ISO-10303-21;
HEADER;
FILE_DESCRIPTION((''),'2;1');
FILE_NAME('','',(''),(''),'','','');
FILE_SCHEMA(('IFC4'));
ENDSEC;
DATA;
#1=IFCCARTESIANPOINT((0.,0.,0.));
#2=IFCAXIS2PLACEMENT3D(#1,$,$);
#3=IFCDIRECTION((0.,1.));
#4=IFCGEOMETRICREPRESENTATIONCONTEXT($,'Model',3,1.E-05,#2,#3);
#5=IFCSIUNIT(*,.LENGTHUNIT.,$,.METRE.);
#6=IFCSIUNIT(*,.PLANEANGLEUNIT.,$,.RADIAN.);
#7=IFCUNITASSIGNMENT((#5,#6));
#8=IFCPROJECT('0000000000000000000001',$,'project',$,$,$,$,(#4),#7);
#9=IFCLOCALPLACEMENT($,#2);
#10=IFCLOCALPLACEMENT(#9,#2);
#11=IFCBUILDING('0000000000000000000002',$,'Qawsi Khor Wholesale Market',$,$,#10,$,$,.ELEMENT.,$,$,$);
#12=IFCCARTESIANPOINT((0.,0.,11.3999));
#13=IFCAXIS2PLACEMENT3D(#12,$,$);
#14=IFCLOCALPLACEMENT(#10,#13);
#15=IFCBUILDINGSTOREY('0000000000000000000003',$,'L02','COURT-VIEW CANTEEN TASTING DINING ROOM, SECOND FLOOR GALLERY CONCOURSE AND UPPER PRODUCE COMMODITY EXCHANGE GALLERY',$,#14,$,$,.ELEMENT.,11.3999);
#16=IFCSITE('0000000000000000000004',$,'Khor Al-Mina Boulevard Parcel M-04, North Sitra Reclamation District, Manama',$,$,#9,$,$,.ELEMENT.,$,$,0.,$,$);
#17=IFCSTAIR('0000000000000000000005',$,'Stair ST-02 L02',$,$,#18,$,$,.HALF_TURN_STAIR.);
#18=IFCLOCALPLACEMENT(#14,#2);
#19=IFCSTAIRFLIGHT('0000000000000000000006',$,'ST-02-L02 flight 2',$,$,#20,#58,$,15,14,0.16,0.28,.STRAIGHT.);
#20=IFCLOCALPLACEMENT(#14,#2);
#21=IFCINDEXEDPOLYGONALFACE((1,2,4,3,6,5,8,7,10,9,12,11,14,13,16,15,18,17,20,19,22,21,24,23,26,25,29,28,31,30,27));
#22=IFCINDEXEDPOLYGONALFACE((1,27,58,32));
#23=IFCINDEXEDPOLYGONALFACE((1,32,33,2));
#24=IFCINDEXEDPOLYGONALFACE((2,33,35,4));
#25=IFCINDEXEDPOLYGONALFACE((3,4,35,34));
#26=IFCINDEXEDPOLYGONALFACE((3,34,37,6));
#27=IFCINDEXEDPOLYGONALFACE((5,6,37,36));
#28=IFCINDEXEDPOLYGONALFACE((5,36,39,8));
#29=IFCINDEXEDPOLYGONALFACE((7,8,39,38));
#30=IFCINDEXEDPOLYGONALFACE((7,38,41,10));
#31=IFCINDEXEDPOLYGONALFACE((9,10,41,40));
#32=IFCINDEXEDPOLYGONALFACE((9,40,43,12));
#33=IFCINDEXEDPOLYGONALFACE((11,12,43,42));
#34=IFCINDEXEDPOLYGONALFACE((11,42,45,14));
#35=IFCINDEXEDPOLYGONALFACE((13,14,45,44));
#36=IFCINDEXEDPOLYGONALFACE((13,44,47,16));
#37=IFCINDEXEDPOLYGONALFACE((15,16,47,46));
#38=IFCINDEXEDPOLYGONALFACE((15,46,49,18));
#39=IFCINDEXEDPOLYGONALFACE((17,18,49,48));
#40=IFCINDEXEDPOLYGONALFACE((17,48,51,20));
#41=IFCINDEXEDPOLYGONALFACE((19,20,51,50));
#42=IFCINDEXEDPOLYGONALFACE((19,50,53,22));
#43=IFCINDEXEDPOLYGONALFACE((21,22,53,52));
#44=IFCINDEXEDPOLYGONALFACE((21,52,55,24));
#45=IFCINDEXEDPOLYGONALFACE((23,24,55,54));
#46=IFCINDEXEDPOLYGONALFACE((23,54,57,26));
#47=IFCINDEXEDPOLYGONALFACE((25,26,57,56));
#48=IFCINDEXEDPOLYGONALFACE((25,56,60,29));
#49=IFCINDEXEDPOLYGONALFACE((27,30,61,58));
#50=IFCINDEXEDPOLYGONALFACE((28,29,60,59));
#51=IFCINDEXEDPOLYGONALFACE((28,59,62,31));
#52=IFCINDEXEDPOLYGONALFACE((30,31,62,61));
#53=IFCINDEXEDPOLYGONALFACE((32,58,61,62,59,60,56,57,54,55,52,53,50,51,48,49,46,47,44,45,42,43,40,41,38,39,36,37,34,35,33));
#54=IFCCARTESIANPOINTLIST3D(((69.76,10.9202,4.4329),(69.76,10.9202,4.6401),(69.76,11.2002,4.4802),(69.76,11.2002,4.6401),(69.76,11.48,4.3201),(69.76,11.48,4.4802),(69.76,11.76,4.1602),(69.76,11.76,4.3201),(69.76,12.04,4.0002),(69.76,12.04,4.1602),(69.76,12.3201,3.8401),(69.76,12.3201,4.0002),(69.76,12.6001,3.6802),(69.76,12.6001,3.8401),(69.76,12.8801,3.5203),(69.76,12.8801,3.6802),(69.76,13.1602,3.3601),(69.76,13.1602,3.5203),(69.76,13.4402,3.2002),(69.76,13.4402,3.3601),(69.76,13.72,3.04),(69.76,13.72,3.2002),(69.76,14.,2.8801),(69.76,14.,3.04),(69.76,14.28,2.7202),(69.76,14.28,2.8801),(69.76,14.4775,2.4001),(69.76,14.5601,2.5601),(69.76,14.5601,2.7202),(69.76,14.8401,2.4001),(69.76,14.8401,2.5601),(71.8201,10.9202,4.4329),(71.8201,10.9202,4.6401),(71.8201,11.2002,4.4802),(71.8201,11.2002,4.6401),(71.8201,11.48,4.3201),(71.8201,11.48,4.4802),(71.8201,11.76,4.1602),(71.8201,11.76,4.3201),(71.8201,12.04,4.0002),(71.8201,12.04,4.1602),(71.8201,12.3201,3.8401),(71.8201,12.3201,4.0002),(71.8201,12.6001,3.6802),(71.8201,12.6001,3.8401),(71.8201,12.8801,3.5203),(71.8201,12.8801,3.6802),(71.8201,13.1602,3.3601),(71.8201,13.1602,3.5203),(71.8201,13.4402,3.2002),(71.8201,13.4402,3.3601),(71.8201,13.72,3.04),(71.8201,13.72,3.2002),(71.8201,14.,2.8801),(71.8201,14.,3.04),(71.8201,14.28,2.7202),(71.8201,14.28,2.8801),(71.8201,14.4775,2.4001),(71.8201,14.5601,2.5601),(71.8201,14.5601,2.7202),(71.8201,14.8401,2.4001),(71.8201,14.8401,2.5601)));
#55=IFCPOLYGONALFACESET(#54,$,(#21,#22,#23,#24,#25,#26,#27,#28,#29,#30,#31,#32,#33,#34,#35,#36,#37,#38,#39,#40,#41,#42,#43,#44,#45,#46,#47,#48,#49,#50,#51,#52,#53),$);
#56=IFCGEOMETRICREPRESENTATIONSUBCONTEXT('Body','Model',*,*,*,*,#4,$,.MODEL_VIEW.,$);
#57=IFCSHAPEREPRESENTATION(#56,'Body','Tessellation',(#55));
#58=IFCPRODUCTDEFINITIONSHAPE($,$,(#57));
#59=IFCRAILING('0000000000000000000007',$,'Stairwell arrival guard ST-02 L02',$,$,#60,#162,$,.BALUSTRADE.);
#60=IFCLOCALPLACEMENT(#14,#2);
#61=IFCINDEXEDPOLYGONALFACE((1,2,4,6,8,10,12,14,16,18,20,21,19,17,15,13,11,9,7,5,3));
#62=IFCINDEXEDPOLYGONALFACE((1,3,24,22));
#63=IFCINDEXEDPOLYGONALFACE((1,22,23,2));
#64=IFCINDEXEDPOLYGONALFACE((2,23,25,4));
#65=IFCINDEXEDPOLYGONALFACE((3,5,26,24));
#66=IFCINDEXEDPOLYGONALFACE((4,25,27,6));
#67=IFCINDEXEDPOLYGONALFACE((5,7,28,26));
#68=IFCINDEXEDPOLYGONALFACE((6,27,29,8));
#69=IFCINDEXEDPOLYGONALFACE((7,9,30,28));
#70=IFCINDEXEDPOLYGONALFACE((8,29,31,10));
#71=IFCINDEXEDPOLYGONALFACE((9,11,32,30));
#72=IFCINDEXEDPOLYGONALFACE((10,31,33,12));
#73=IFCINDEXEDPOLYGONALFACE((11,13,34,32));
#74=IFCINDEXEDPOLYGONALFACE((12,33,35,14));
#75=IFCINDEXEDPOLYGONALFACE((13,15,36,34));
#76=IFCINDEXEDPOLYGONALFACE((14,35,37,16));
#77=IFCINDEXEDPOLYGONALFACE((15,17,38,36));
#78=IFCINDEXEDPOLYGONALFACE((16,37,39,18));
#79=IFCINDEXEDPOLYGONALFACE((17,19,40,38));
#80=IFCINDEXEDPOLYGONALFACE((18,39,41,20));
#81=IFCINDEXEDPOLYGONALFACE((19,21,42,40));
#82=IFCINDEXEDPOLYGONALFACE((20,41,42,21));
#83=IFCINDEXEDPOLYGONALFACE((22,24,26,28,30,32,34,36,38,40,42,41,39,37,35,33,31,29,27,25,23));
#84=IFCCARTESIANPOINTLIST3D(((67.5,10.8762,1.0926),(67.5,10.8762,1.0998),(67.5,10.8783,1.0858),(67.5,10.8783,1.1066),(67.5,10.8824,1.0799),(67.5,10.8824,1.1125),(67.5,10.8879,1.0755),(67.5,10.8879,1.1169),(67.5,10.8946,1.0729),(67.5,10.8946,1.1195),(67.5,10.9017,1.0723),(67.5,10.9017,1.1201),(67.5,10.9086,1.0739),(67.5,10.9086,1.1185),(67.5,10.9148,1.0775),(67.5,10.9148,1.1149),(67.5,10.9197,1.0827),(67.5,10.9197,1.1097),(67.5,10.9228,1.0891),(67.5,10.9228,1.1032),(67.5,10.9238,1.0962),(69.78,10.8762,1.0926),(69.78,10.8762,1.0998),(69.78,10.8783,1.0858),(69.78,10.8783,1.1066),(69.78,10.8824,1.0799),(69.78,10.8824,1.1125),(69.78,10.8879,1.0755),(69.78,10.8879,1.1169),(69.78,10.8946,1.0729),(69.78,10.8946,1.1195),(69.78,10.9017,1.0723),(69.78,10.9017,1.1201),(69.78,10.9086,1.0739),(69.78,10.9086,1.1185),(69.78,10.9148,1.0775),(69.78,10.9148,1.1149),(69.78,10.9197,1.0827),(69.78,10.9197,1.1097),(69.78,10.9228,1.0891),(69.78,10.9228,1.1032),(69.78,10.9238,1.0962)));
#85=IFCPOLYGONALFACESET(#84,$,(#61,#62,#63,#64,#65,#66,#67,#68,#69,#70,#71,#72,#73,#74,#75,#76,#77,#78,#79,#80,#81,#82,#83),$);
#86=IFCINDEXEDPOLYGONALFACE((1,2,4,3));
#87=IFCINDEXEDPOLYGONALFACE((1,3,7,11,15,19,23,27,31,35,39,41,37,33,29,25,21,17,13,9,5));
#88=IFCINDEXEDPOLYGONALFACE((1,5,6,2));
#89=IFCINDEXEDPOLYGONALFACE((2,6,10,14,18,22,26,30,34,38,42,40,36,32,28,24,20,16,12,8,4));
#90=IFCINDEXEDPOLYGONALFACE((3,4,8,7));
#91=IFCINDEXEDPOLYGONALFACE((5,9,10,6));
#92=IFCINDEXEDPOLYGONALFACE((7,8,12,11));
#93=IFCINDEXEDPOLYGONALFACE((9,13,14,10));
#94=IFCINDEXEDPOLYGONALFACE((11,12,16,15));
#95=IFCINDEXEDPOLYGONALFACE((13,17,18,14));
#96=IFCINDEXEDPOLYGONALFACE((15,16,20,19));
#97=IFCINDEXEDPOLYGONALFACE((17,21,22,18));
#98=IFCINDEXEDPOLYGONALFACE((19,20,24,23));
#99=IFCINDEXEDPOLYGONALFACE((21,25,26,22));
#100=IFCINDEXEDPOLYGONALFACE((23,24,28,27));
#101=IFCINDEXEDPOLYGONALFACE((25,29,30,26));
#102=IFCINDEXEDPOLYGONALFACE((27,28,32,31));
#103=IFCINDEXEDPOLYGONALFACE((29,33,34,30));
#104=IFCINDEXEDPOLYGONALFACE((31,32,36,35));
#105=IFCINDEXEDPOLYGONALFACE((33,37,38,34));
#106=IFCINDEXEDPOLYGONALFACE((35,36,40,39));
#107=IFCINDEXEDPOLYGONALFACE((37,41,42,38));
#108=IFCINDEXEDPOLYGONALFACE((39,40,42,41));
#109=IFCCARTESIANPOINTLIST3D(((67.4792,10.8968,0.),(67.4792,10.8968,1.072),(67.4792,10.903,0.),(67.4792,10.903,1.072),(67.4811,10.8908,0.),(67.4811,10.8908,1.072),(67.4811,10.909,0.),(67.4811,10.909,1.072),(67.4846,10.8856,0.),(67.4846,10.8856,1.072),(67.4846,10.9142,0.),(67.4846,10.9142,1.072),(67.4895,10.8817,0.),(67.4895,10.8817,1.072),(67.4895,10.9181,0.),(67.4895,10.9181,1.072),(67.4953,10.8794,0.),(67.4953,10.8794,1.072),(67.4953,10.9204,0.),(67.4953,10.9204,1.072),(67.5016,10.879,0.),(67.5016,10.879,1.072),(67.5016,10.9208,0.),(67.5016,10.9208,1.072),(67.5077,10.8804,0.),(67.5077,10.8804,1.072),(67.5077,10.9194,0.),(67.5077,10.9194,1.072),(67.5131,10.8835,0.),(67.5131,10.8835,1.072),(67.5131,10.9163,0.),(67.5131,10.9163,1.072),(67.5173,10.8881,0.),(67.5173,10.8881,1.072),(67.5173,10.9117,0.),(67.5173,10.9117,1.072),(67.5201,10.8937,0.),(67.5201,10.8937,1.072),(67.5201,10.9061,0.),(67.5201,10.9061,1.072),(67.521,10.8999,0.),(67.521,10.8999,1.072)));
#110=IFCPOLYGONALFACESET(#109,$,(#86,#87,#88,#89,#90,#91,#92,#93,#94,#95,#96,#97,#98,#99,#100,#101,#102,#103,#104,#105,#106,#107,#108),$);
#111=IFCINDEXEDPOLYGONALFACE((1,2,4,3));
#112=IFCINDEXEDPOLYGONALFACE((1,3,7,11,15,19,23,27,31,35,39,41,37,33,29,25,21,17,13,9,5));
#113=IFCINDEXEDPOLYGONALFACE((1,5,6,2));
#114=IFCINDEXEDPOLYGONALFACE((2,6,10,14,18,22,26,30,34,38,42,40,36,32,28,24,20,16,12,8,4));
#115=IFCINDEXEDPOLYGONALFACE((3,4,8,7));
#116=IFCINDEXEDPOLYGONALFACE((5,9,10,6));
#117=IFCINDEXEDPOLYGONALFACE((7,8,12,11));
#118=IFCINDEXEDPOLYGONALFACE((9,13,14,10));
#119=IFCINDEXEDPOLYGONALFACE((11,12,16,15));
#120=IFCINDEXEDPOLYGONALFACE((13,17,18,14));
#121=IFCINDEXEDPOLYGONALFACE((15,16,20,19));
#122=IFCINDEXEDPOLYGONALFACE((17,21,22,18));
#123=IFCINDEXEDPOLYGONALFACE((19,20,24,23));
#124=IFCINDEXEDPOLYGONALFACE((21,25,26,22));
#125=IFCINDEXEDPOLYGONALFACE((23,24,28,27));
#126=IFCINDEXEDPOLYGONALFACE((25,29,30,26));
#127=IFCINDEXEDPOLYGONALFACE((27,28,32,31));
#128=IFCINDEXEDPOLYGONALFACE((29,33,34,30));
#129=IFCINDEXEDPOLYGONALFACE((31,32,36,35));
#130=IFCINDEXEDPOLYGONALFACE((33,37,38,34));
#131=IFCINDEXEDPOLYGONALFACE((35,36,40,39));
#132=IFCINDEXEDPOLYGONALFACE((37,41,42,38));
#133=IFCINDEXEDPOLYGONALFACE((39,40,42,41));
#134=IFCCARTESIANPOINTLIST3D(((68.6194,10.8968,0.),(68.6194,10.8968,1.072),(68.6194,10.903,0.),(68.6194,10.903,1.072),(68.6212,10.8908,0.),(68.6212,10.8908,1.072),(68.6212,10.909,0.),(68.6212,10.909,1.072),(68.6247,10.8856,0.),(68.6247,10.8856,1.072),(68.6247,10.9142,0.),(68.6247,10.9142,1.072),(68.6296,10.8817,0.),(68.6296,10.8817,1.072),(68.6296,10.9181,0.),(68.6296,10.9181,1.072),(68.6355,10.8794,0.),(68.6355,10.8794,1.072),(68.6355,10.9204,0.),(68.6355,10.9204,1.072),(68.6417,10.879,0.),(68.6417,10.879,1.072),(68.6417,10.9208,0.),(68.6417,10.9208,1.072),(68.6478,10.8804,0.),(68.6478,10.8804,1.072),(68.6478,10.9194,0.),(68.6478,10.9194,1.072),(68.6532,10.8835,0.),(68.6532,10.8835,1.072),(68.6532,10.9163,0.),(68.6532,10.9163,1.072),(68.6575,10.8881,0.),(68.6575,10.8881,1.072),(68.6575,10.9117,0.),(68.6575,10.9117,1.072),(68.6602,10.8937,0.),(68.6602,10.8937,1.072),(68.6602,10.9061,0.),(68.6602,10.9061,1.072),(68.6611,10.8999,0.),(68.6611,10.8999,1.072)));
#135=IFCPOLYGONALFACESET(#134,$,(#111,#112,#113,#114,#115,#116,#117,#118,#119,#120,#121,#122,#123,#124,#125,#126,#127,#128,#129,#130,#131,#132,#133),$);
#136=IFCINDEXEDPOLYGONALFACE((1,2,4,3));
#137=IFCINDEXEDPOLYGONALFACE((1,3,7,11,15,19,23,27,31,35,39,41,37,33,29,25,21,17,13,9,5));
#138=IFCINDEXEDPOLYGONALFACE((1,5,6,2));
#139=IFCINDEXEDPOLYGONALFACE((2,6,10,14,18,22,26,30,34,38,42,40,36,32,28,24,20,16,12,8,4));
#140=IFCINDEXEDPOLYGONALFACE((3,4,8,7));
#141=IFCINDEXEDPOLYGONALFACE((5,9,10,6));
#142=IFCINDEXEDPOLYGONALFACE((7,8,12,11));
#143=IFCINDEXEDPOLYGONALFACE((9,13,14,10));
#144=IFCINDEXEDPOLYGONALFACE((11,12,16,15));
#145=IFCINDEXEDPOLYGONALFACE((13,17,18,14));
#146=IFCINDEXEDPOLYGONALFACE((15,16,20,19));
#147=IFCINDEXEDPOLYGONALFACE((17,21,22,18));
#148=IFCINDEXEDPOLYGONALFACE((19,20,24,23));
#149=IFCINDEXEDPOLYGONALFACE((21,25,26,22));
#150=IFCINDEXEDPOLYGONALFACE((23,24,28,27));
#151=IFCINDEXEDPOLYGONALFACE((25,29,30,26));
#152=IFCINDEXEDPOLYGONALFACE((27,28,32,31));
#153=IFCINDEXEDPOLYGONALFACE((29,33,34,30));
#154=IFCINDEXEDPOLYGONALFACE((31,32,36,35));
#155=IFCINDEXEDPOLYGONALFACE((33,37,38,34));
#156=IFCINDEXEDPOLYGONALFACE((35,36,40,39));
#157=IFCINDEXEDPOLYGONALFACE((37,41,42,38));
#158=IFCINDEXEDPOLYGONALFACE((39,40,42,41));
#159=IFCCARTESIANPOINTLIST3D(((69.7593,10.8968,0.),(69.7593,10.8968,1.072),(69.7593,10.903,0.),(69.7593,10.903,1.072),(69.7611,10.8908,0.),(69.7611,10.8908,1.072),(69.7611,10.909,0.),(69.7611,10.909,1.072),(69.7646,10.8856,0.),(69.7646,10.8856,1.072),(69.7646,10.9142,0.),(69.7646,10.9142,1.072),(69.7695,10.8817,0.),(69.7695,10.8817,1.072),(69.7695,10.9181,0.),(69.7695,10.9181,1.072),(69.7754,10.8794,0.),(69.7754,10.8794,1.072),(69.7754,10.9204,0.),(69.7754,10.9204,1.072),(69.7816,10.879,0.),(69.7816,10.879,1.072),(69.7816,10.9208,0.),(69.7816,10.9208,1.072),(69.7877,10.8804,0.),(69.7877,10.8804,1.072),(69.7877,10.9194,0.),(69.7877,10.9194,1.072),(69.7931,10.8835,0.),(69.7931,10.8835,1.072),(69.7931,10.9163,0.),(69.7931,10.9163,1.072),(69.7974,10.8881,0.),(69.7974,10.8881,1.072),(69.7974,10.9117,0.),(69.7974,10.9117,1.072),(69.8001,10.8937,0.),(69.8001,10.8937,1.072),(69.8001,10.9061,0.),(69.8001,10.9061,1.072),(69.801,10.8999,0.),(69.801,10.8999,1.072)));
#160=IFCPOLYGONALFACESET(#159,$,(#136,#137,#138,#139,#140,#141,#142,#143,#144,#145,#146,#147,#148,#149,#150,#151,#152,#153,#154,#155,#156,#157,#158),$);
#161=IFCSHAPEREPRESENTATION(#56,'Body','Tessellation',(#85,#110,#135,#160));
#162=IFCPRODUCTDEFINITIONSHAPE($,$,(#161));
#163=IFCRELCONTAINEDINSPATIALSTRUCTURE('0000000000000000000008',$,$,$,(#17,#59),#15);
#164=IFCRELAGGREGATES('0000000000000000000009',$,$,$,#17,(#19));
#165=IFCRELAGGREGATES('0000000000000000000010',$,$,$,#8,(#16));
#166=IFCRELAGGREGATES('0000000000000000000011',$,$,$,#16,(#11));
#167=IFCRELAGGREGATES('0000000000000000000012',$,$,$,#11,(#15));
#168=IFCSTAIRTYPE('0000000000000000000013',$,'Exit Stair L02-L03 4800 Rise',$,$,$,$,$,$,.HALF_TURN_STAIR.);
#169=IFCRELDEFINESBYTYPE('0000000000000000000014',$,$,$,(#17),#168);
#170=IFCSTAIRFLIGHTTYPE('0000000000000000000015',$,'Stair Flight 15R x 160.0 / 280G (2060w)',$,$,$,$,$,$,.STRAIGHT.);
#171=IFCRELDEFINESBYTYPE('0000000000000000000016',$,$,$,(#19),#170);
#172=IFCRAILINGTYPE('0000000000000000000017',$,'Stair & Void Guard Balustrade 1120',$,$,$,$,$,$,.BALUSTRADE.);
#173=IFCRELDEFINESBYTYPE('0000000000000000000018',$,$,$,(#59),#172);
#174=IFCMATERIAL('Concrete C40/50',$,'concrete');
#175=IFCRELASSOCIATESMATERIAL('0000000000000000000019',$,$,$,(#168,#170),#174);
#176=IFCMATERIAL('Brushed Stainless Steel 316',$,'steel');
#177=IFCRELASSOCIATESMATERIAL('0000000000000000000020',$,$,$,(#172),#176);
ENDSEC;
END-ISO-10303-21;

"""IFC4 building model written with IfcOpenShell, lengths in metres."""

from ifc_helpers import new_model, si_unit, direction, frame, origin, origin_2d, place, context, subcontext, project, spatial, polyline, circle, outline, extrude, material, type_object, element, aggregate, save


model = new_model("IFC4")

# Units and contexts
model_context = context("Model", 3, precision=1e-05, world=origin(), true_north=direction((0.0, 1.0)))
body_context = subcontext(model_context, "Body", "Model", "MODEL_VIEW")
ifc_project = project(units=[si_unit("LENGTHUNIT", "METRE"), si_unit("PLANEANGLEUNIT", "RADIAN")], contexts=[model_context])

# Site, building, storey
site_placement = place(None, origin())
site = spatial("IfcSite", under=ifc_project, at=site_placement, Name="Khor Al-Mina Boulevard Parcel M-04, North Sitra Reclamation District, Manama", CompositionType="ELEMENT", RefElevation=0.0)
building_placement = place(site_placement, origin())
building = spatial("IfcBuilding", under=site, at=building_placement, Name="Qawsi Khor Wholesale Market", CompositionType="ELEMENT")
storey_placement = place(building_placement, frame((0.0, 0.0, 11.3999)))
storey = spatial("IfcBuildingStorey", under=building, at=storey_placement, Name="L02", Description="COURT-VIEW CANTEEN TASTING DINING ROOM, SECOND FLOOR GALLERY CONCOURSE AND UPPER PRODUCE COMMODITY EXCHANGE GALLERY", CompositionType="ELEMENT", Elevation=11.3999)

# Shared definitions
ifc_material_1 = material(Name="Concrete C40/50", Category="concrete")

# Stair, stair flight
stair_type = type_object("IfcStairType", Name="Exit Stair L02-L03 4800 Rise", PredefinedType="HALF_TURN_STAIR", material=ifc_material_1)
stair_placement = place(storey_placement, origin())
stair = element("IfcStair", 1, at=stair_placement, inside=storey, type_object=stair_type, Name="Stair ST-02 L02", PredefinedType="HALF_TURN_STAIR")
stair_flight_type = type_object("IfcStairFlightType", Name="Stair Flight 15R x 160.0 / 280G (2060w)", PredefinedType="STRAIGHT", material=ifc_material_1)
stair_flight_1_placement = place(storey_placement, frame((70.79, 14.8401, 2.4001), z_axis=(0.0, 0.0, 1.0), x_axis=(0.0, -1.0, 0.0)))
stair_flight_1 = element("IfcStairFlight", 2, at=stair_flight_1_placement, type_object=stair_flight_type, Name="ST-02-L02 flight 2", NumberOfRisers=15, NumberOfTreads=14, PredefinedType="STRAIGHT", RiserHeight=0.16, TreadLength=0.28, context=body_context, shape_type="SweptSolid", body=[
    extrude(outline(polyline([(0.0, 0.0), (0.0, 0.1599), (0.28, 0.1599), (0.28, 0.3201), (0.5601, 0.3201), (0.5601, 0.48), (0.8401, 0.48), (0.8401, 0.6399), (1.1201, 0.6399), (1.1201, 0.8), (1.3999, 0.8), (1.3999, 0.96), (1.6799, 0.96), (1.6799, 1.1201), (1.96, 1.1201), (1.96, 1.28), (2.24, 1.28), (2.24, 1.4399), (2.52, 1.4399), (2.52, 1.6001), (2.8, 1.6001), (2.8, 1.76), (3.0801, 1.76), (3.0801, 1.9199), (3.3601, 1.9199), (3.3601, 2.0801), (3.6399, 2.0801), (3.6399, 2.24), (3.9199, 2.24), (3.9199, 2.3999), (3.9199, 2.0327), (0.3625, 0.0), (0.0, 0.0)])), frame((0.0, 1.03, 0.0), z_axis=(0.0, -1.0, 0.0), x_axis=(1.0, 0.0, 0.0)), (0.0, 0.0, 1.0), 2.0601),
])
aggregate(stair, [stair_flight_1])

# Railing
ifc_material_2 = material(Name="Brushed Stainless Steel 316", Category="steel")
railing_type_1 = type_object("IfcRailingType", Name="Stair & Void Guard Balustrade 1120", PredefinedType="BALUSTRADE", material=ifc_material_2)
railing_1_placement = place(storey_placement, frame((67.5, 10.8999, 0.0)))
element("IfcRailing", 3, at=railing_1_placement, inside=storey, type_object=railing_type_1, Name="Stairwell arrival guard ST-02 L02", PredefinedType="BALUSTRADE", context=body_context, shape_type="SweptSolid", body=[
    extrude(circle(Radius=0.0239, at=origin_2d()), frame((0.0, 0.0, 1.0962), z_axis=(1.0, 0.0, 0.0), x_axis=(0.0, 1.0, 0.0)), (0.0, 0.0, 1.0), 2.28),
    extrude(circle(Radius=0.021, at=origin_2d()), origin(), (0.0, 0.0, 1.0), 1.072),
    extrude(circle(Radius=0.021, at=origin_2d()), frame((1.1401, 0.0, 0.0)), (0.0, 0.0, 1.0), 1.072),
    extrude(circle(Radius=0.021, at=origin_2d()), frame((2.28, 0.0, 0.0)), (0.0, 0.0, 1.0), 1.072),
])

save(model, "model.ifc")
